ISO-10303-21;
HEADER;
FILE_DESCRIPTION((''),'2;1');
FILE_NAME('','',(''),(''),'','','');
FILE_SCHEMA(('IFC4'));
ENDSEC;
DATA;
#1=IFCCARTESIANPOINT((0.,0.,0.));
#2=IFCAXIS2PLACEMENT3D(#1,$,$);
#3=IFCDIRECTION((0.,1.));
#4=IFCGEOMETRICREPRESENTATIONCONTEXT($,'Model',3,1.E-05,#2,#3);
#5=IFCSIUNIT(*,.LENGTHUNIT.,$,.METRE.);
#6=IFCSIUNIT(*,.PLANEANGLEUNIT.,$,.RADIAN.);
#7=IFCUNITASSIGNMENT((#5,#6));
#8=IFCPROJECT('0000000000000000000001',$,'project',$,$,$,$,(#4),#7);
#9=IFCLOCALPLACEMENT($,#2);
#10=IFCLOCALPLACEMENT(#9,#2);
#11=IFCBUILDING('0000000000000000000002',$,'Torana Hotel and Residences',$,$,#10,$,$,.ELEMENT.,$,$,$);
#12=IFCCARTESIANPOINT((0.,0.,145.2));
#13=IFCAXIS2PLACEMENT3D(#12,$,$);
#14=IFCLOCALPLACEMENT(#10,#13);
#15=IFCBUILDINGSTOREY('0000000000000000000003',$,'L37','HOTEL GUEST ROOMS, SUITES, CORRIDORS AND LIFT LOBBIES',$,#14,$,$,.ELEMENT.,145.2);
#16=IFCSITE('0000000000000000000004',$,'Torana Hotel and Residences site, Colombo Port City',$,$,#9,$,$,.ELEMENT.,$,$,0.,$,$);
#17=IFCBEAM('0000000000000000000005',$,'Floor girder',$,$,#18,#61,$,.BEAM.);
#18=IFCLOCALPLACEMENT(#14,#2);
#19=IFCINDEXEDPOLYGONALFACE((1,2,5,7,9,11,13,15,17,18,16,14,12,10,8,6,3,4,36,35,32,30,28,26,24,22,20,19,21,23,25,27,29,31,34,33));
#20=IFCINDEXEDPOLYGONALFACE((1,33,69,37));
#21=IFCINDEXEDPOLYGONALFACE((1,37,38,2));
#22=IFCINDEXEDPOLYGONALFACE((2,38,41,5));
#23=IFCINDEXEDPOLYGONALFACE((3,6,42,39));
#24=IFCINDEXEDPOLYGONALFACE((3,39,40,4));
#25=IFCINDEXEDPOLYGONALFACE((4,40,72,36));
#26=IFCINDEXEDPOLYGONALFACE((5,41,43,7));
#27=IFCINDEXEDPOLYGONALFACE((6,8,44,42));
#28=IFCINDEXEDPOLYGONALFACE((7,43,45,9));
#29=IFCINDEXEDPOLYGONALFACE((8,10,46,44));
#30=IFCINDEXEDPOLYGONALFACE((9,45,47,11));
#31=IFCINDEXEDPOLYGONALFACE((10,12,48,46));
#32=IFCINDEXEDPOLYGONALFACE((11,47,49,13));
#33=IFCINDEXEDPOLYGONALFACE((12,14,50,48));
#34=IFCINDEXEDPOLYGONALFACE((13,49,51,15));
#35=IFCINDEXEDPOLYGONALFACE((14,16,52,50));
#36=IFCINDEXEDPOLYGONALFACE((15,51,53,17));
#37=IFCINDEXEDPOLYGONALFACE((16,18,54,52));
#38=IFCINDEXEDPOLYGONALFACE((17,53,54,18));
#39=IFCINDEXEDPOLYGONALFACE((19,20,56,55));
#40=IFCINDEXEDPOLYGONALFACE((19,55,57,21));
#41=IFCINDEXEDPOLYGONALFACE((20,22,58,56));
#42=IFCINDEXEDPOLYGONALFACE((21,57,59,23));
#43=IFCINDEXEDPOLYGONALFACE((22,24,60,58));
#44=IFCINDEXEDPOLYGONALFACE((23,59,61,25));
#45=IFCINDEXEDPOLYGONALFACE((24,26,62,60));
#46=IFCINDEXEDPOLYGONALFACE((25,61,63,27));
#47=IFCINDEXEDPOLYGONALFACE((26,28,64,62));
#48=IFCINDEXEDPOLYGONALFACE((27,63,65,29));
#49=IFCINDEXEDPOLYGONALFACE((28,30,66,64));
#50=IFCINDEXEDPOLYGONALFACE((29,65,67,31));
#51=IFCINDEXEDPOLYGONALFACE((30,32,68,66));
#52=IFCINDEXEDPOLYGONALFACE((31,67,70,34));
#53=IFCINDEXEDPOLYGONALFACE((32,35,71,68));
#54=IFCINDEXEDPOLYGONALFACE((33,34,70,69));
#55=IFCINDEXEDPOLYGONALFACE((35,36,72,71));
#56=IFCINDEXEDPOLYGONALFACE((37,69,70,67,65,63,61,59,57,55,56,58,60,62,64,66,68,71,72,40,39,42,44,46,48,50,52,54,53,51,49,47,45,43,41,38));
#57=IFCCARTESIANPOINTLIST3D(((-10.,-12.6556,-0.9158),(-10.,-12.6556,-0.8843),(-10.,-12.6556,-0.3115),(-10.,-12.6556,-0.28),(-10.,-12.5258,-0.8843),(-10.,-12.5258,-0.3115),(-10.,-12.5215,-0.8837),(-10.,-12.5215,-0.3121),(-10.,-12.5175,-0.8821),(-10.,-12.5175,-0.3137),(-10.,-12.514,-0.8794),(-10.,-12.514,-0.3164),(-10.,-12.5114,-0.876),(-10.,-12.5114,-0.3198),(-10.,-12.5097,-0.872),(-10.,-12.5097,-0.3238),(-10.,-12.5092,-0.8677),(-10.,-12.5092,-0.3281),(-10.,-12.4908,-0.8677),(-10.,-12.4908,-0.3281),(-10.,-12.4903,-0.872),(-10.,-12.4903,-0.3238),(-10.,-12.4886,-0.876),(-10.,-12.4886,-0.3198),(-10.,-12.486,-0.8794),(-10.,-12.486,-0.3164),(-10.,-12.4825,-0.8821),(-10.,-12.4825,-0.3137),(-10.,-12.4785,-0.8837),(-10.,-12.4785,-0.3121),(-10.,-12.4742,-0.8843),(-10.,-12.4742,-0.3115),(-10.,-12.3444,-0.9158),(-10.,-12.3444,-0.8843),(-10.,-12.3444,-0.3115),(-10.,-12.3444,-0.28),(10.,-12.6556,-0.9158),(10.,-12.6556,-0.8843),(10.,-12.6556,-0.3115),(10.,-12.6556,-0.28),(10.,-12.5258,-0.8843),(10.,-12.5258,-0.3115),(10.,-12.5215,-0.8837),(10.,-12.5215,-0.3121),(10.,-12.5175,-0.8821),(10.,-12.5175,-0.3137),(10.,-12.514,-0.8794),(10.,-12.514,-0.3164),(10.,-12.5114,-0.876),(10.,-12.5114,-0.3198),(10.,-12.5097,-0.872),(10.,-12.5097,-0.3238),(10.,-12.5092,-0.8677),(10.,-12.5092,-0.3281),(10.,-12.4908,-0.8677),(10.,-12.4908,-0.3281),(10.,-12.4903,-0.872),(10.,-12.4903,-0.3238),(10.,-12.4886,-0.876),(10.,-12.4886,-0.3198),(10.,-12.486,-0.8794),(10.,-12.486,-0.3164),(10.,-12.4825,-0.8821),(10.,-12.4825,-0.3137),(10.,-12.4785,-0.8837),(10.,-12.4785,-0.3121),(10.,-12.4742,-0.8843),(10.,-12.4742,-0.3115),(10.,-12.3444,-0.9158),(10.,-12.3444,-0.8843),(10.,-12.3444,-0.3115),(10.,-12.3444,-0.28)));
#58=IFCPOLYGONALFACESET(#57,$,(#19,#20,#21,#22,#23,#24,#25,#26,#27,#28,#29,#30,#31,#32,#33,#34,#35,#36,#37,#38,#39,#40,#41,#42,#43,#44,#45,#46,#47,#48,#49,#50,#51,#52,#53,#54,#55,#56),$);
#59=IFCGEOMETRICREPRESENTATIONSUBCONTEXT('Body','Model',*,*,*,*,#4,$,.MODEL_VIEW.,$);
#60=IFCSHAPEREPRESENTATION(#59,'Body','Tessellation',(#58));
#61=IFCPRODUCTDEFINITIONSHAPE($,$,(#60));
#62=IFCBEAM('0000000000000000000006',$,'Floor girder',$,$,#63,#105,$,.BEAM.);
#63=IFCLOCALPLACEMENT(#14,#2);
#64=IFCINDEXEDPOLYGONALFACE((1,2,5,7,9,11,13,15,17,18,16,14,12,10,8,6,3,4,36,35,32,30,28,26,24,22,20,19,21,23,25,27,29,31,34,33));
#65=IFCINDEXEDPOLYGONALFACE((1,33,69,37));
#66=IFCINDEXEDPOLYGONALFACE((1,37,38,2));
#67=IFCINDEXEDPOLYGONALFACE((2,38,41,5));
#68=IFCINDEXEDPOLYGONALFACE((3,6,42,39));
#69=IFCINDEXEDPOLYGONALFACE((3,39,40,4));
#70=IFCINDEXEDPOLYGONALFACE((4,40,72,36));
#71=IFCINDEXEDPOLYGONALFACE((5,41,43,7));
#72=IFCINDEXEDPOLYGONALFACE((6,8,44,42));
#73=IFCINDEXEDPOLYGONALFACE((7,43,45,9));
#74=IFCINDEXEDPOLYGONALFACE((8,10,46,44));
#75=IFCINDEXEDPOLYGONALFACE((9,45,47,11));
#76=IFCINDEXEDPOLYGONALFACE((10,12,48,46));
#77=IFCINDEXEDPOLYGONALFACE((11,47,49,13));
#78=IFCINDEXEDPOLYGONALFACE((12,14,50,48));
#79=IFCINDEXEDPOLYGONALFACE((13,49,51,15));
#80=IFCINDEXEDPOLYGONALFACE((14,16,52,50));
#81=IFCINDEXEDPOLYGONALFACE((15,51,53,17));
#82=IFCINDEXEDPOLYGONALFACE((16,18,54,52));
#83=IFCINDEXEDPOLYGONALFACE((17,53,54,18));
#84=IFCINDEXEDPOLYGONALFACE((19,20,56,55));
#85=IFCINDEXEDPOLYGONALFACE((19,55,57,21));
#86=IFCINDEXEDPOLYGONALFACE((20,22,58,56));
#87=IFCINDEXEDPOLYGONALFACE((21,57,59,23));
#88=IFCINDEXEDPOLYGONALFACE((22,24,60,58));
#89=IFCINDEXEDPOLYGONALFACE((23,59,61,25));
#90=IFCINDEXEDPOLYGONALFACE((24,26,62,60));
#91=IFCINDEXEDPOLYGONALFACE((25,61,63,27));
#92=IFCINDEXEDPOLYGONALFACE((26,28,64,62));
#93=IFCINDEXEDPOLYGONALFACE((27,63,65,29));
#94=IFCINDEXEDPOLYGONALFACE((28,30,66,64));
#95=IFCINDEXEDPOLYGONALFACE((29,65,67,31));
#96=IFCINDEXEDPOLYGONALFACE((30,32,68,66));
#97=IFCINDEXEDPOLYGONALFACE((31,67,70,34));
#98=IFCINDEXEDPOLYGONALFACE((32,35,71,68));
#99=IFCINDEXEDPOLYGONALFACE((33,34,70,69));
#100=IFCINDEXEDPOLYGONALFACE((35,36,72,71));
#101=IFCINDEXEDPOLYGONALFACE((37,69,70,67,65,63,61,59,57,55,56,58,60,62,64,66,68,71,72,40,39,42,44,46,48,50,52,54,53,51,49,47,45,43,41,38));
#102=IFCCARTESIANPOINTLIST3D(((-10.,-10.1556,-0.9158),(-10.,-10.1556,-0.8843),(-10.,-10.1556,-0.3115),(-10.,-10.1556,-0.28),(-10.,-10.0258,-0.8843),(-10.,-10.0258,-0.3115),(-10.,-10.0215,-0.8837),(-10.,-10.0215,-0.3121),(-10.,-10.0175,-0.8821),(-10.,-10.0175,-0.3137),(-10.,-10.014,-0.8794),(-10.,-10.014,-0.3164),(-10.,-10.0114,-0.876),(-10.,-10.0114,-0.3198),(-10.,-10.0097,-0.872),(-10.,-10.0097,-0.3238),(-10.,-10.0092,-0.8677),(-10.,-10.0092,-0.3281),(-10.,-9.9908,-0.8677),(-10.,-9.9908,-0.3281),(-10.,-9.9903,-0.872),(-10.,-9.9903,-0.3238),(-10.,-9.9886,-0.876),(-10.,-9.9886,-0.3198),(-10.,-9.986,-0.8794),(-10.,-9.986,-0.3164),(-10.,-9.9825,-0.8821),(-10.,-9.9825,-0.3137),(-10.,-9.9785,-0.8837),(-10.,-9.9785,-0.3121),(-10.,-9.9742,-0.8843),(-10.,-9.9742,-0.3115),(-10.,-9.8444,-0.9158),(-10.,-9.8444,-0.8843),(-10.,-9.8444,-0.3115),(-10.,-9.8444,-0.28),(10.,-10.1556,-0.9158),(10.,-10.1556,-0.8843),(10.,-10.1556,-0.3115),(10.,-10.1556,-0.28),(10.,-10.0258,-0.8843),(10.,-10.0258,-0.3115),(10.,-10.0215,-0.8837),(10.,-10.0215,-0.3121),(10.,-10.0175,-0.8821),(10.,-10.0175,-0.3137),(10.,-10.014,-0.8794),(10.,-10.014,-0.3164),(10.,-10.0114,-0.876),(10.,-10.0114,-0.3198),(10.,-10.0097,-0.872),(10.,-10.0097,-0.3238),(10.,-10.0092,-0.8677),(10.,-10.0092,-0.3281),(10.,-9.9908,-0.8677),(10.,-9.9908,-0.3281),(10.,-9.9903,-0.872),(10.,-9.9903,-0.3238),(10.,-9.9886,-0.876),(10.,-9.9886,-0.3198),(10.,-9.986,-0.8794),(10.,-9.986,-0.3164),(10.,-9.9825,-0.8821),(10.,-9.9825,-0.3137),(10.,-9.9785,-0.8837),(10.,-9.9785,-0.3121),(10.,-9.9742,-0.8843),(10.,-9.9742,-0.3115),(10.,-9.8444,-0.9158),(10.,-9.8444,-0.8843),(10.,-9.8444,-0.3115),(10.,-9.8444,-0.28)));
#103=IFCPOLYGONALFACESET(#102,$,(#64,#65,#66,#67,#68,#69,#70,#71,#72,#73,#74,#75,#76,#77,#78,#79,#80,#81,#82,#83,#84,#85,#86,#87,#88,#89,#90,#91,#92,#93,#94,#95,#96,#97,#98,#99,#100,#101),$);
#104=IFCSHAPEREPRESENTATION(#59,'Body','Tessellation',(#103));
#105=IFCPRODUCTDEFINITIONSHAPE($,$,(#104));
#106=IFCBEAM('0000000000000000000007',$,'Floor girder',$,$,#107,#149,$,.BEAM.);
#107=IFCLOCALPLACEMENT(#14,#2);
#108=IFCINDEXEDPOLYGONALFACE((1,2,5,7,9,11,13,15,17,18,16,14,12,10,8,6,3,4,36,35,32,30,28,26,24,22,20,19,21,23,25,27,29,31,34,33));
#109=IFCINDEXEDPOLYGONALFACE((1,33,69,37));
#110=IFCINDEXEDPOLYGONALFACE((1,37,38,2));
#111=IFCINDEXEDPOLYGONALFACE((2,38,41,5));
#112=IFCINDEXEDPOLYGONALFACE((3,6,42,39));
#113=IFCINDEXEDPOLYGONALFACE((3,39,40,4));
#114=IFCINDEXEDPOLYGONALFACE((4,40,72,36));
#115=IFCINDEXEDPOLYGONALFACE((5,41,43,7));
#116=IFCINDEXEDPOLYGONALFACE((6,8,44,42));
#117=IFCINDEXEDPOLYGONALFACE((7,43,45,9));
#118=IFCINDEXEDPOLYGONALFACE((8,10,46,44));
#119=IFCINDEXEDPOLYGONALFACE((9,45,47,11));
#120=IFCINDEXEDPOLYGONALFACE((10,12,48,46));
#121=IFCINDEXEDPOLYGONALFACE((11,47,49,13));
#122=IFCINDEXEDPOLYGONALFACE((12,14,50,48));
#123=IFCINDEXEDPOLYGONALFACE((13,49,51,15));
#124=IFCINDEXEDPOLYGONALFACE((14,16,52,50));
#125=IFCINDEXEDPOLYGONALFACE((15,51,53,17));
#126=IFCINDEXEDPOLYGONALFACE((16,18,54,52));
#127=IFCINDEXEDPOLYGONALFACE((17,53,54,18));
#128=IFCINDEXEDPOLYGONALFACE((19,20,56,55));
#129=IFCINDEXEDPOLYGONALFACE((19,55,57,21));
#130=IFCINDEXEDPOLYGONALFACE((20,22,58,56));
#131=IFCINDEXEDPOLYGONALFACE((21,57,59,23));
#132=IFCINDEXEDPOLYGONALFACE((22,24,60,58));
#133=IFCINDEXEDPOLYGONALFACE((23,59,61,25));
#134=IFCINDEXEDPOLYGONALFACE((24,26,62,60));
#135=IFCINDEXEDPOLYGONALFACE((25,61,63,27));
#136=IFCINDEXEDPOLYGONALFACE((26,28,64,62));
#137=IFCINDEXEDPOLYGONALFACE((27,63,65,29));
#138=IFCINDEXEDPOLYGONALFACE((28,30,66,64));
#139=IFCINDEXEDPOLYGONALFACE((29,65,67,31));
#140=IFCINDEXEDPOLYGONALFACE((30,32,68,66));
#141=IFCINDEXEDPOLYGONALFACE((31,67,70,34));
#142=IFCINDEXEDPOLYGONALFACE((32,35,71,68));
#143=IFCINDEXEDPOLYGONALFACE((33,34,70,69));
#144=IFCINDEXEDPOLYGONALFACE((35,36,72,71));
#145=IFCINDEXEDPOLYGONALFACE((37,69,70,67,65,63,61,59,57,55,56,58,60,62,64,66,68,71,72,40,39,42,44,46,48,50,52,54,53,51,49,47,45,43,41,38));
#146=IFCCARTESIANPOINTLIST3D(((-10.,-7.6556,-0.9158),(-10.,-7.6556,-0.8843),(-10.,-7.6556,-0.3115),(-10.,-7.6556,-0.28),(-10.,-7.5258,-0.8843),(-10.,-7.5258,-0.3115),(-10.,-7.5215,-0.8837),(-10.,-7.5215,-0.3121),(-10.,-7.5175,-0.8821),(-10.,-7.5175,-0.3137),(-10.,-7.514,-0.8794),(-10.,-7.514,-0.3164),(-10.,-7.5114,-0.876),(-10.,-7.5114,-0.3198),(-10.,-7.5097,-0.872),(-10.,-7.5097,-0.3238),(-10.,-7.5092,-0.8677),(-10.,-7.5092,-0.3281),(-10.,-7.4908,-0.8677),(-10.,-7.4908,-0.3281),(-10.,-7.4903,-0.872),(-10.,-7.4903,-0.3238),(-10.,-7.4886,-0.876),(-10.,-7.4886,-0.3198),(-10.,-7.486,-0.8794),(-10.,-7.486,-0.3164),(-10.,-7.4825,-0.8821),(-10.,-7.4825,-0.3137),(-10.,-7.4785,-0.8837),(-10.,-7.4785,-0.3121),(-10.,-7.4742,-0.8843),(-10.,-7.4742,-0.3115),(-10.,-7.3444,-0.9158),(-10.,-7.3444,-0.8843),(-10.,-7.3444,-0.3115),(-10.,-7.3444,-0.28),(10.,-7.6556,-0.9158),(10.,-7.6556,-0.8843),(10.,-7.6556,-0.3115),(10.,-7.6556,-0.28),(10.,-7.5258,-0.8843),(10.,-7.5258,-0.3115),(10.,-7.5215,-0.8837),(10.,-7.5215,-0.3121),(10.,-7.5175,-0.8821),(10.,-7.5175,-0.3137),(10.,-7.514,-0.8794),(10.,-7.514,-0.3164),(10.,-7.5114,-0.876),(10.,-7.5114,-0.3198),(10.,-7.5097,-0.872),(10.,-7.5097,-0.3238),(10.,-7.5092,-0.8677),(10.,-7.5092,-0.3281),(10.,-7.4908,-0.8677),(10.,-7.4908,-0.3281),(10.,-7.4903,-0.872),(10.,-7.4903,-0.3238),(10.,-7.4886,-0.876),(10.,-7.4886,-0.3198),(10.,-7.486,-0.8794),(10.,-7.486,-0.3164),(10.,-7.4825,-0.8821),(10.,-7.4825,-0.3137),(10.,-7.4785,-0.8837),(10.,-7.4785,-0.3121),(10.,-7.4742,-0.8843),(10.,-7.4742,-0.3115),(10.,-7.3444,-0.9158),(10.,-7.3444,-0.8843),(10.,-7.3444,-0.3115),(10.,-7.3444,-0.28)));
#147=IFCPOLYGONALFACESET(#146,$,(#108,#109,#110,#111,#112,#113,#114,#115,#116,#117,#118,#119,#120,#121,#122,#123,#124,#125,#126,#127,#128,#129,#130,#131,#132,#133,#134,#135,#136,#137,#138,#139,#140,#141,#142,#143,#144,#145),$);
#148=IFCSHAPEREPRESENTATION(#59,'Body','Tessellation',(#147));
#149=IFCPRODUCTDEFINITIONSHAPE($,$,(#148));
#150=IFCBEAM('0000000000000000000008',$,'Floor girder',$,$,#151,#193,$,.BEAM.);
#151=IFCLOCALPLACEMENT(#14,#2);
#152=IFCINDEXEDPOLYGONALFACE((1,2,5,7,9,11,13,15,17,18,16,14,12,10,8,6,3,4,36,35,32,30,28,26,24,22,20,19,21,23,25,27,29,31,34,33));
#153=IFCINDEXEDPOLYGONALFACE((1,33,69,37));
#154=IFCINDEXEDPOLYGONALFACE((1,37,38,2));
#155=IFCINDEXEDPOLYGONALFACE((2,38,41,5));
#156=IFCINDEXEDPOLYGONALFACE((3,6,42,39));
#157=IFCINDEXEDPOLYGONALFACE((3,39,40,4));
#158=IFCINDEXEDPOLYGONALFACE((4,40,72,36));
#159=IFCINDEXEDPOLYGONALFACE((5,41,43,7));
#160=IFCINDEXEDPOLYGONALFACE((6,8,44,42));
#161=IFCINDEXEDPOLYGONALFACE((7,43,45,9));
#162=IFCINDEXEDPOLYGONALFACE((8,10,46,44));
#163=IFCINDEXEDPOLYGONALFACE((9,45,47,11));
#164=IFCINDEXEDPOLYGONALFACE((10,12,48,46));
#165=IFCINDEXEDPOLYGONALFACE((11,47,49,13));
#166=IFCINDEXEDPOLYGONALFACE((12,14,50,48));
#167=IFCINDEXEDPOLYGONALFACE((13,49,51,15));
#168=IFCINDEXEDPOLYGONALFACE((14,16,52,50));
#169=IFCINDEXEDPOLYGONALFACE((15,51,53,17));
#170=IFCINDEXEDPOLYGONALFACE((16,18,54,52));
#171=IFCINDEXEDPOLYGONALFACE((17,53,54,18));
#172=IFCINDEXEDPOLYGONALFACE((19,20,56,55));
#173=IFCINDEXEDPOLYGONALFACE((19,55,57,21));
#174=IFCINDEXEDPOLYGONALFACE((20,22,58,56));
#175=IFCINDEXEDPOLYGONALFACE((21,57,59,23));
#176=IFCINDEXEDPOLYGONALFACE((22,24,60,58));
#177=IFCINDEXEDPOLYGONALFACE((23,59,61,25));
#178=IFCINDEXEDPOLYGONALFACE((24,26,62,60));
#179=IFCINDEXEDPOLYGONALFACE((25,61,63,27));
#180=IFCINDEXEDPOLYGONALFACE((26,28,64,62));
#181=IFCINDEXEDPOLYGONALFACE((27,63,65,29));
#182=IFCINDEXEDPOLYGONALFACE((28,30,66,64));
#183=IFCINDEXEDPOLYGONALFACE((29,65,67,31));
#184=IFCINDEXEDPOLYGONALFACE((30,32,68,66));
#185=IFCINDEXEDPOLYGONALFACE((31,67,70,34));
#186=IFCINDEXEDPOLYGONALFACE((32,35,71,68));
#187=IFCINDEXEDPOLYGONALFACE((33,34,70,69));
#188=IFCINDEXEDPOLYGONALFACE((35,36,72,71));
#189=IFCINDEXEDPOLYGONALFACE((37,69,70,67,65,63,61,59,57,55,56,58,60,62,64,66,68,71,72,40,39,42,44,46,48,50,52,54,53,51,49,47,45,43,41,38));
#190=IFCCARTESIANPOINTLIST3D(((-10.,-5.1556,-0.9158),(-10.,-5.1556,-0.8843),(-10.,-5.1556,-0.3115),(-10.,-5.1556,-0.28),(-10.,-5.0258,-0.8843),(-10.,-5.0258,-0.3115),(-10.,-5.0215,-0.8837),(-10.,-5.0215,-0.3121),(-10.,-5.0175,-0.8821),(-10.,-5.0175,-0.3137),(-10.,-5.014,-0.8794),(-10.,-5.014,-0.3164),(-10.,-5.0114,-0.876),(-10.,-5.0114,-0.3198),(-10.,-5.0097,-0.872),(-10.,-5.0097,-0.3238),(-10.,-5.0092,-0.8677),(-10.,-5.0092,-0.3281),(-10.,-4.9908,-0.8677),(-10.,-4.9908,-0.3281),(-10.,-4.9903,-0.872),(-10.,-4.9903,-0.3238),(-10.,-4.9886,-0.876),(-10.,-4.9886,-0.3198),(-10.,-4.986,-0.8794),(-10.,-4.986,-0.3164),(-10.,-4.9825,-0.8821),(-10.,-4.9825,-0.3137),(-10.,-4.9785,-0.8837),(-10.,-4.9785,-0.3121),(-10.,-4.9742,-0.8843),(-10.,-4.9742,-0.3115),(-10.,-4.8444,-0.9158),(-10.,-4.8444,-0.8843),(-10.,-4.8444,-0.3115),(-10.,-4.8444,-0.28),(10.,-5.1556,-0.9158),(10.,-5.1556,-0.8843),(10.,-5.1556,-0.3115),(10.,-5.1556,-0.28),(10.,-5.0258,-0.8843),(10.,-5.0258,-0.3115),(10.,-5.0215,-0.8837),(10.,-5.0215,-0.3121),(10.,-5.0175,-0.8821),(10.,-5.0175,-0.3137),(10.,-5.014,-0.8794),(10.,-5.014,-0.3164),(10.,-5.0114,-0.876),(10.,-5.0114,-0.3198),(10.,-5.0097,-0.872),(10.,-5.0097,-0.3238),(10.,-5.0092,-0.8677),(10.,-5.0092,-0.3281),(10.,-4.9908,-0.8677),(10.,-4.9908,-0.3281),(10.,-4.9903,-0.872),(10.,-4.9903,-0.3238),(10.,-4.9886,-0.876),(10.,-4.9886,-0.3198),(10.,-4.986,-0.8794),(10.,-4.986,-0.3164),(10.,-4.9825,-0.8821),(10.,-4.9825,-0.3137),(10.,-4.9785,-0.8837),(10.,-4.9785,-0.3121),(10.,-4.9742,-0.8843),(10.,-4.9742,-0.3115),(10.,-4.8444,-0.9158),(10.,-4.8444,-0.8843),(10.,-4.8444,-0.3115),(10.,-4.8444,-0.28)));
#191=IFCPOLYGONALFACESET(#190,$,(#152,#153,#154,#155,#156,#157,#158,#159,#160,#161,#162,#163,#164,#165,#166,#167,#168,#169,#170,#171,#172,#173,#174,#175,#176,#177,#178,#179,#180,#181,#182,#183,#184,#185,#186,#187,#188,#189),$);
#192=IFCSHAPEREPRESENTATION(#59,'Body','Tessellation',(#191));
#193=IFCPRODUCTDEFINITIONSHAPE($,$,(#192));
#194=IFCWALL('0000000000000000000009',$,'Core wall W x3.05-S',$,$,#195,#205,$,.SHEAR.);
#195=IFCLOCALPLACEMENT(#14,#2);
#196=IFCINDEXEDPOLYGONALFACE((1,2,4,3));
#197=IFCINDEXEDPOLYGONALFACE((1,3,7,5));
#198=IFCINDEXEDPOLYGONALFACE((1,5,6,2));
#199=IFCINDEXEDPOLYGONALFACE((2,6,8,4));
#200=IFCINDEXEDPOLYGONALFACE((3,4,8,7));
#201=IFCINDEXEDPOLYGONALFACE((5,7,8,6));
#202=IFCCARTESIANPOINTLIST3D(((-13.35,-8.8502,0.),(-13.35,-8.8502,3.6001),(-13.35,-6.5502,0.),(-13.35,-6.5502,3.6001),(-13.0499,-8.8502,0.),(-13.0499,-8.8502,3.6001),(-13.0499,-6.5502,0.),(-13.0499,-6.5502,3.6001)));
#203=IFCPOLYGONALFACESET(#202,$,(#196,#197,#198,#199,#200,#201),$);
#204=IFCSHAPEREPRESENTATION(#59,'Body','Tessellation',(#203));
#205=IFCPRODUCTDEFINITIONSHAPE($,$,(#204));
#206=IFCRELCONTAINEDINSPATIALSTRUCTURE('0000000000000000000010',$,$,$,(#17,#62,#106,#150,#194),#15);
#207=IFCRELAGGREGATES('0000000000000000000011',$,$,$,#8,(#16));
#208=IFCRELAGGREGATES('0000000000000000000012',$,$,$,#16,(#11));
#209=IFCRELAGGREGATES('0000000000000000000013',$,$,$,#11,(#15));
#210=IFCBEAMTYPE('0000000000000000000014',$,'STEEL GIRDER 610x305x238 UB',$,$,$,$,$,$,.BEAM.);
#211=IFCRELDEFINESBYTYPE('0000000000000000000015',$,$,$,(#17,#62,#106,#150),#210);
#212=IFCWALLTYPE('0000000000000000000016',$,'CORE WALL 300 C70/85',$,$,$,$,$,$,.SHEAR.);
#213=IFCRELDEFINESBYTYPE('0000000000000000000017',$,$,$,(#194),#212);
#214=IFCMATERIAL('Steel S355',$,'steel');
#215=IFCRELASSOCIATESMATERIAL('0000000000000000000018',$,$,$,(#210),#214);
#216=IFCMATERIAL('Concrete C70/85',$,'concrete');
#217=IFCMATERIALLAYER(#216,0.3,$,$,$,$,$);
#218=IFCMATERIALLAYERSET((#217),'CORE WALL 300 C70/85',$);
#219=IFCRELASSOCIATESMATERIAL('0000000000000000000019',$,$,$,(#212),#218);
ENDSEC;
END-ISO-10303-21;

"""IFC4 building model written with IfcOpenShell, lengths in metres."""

from ifc_helpers import new_model, si_unit, direction, frame, frame_2d, origin, origin_2d, place, context, subcontext, project, spatial, rectangle, i_section, extrude, material, layer, layer_set, material_profile, profile_set, type_object, element, save


model = new_model("IFC4")

# Units and contexts
model_context = context("Model", 3, precision=1e-05, world=origin(), true_north=direction((0.0, 1.0)))
body_context = subcontext(model_context, "Body", "Model", "MODEL_VIEW")
ifc_project = project(units=[si_unit("LENGTHUNIT", "METRE"), si_unit("PLANEANGLEUNIT", "RADIAN")], contexts=[model_context])

# Site, building, storey
site_placement = place(None, origin())
site = spatial("IfcSite", under=ifc_project, at=site_placement, Name="Torana Hotel and Residences site, Colombo Port City", CompositionType="ELEMENT", RefElevation=0.0)
building_placement = place(site_placement, origin())
building = spatial("IfcBuilding", under=site, at=building_placement, Name="Torana Hotel and Residences", CompositionType="ELEMENT")
storey_placement = place(building_placement, frame((0.0, 0.0, 145.2)))
storey = spatial("IfcBuildingStorey", under=building, at=storey_placement, Name="L37", Description="HOTEL GUEST ROOMS, SUITES, CORRIDORS AND LIFT LOBBIES", CompositionType="ELEMENT", Elevation=145.2)

# Beams
ifc_material_1 = material(Name="Steel S355", Category="steel")
ifc_material_profile = material_profile(ifc_material_1, i_section(OverallWidth=0.3113, OverallDepth=0.6357, WebThickness=0.0183, FlangeThickness=0.0315, FilletRadius=0.0166, at=origin_2d()), Name="610x305x238 UB")
ifc_profile_set = profile_set([ifc_material_profile], Name="Steel S355")
beam_type = type_object("IfcBeamType", Name="STEEL GIRDER 610x305x238 UB", PredefinedType="BEAM", material=ifc_profile_set)
for number, where, z_axis, x_axis, name in (
    (1, (-10.0, -12.5, -0.5979), (1.0, 0.0, 0.0), (0.0, 1.0, 0.0), "Floor girder"),
    (2, (-10.0, -10.0, -0.5979), (1.0, 0.0, 0.0), (0.0, 1.0, 0.0), "Floor girder"),
    (3, (-10.0, -7.5, -0.5979), (1.0, 0.0, 0.0), (0.0, 1.0, 0.0), "Floor girder"),
    (4, (-10.0, -5.0, -0.5979), (1.0, 0.0, 0.0), (0.0, 1.0, 0.0), "Floor girder"),
):
    element("IfcBeam", number, at=place(storey_placement, frame(where, z_axis=z_axis, x_axis=x_axis)), inside=storey, type_object=beam_type, Name=name, PredefinedType="BEAM", context=body_context, shape_type="SweptSolid", body=[
        extrude(i_section(OverallWidth=0.3113, OverallDepth=0.6357, WebThickness=0.0183, FlangeThickness=0.0315, FilletRadius=0.0166, at=origin_2d()), origin(), (0.0, 0.0, 1.0), 20.0),
    ])

# Wall
ifc_material_2 = material(Name="Concrete C70/85", Category="concrete")
ifc_layer_1 = layer(ifc_material_2, 0.3)
ifc_layer_set_1 = layer_set([ifc_layer_1], Name="CORE WALL 300 C70/85")
wall_type_1 = type_object("IfcWallType", Name="CORE WALL 300 C70/85", PredefinedType="SHEAR", material=ifc_layer_set_1)
wall_1_placement = place(storey_placement, frame((-13.2, -8.8501, 0.0), z_axis=(0.0, 0.0, 1.0), x_axis=(0.0, 1.0, 0.0)))
element("IfcWall", 5, at=wall_1_placement, inside=storey, type_object=wall_type_1, Name="Core wall W x3.05-S", PredefinedType="SHEAR", context=body_context, shape_type="SweptSolid", body=[
    extrude(rectangle(XDim=2.3, YDim=0.3, at=frame_2d((1.1499, 0.0))), origin(), (0.0, 0.0, 1.0), 3.6001),
])

save(model, "model.ifc")
